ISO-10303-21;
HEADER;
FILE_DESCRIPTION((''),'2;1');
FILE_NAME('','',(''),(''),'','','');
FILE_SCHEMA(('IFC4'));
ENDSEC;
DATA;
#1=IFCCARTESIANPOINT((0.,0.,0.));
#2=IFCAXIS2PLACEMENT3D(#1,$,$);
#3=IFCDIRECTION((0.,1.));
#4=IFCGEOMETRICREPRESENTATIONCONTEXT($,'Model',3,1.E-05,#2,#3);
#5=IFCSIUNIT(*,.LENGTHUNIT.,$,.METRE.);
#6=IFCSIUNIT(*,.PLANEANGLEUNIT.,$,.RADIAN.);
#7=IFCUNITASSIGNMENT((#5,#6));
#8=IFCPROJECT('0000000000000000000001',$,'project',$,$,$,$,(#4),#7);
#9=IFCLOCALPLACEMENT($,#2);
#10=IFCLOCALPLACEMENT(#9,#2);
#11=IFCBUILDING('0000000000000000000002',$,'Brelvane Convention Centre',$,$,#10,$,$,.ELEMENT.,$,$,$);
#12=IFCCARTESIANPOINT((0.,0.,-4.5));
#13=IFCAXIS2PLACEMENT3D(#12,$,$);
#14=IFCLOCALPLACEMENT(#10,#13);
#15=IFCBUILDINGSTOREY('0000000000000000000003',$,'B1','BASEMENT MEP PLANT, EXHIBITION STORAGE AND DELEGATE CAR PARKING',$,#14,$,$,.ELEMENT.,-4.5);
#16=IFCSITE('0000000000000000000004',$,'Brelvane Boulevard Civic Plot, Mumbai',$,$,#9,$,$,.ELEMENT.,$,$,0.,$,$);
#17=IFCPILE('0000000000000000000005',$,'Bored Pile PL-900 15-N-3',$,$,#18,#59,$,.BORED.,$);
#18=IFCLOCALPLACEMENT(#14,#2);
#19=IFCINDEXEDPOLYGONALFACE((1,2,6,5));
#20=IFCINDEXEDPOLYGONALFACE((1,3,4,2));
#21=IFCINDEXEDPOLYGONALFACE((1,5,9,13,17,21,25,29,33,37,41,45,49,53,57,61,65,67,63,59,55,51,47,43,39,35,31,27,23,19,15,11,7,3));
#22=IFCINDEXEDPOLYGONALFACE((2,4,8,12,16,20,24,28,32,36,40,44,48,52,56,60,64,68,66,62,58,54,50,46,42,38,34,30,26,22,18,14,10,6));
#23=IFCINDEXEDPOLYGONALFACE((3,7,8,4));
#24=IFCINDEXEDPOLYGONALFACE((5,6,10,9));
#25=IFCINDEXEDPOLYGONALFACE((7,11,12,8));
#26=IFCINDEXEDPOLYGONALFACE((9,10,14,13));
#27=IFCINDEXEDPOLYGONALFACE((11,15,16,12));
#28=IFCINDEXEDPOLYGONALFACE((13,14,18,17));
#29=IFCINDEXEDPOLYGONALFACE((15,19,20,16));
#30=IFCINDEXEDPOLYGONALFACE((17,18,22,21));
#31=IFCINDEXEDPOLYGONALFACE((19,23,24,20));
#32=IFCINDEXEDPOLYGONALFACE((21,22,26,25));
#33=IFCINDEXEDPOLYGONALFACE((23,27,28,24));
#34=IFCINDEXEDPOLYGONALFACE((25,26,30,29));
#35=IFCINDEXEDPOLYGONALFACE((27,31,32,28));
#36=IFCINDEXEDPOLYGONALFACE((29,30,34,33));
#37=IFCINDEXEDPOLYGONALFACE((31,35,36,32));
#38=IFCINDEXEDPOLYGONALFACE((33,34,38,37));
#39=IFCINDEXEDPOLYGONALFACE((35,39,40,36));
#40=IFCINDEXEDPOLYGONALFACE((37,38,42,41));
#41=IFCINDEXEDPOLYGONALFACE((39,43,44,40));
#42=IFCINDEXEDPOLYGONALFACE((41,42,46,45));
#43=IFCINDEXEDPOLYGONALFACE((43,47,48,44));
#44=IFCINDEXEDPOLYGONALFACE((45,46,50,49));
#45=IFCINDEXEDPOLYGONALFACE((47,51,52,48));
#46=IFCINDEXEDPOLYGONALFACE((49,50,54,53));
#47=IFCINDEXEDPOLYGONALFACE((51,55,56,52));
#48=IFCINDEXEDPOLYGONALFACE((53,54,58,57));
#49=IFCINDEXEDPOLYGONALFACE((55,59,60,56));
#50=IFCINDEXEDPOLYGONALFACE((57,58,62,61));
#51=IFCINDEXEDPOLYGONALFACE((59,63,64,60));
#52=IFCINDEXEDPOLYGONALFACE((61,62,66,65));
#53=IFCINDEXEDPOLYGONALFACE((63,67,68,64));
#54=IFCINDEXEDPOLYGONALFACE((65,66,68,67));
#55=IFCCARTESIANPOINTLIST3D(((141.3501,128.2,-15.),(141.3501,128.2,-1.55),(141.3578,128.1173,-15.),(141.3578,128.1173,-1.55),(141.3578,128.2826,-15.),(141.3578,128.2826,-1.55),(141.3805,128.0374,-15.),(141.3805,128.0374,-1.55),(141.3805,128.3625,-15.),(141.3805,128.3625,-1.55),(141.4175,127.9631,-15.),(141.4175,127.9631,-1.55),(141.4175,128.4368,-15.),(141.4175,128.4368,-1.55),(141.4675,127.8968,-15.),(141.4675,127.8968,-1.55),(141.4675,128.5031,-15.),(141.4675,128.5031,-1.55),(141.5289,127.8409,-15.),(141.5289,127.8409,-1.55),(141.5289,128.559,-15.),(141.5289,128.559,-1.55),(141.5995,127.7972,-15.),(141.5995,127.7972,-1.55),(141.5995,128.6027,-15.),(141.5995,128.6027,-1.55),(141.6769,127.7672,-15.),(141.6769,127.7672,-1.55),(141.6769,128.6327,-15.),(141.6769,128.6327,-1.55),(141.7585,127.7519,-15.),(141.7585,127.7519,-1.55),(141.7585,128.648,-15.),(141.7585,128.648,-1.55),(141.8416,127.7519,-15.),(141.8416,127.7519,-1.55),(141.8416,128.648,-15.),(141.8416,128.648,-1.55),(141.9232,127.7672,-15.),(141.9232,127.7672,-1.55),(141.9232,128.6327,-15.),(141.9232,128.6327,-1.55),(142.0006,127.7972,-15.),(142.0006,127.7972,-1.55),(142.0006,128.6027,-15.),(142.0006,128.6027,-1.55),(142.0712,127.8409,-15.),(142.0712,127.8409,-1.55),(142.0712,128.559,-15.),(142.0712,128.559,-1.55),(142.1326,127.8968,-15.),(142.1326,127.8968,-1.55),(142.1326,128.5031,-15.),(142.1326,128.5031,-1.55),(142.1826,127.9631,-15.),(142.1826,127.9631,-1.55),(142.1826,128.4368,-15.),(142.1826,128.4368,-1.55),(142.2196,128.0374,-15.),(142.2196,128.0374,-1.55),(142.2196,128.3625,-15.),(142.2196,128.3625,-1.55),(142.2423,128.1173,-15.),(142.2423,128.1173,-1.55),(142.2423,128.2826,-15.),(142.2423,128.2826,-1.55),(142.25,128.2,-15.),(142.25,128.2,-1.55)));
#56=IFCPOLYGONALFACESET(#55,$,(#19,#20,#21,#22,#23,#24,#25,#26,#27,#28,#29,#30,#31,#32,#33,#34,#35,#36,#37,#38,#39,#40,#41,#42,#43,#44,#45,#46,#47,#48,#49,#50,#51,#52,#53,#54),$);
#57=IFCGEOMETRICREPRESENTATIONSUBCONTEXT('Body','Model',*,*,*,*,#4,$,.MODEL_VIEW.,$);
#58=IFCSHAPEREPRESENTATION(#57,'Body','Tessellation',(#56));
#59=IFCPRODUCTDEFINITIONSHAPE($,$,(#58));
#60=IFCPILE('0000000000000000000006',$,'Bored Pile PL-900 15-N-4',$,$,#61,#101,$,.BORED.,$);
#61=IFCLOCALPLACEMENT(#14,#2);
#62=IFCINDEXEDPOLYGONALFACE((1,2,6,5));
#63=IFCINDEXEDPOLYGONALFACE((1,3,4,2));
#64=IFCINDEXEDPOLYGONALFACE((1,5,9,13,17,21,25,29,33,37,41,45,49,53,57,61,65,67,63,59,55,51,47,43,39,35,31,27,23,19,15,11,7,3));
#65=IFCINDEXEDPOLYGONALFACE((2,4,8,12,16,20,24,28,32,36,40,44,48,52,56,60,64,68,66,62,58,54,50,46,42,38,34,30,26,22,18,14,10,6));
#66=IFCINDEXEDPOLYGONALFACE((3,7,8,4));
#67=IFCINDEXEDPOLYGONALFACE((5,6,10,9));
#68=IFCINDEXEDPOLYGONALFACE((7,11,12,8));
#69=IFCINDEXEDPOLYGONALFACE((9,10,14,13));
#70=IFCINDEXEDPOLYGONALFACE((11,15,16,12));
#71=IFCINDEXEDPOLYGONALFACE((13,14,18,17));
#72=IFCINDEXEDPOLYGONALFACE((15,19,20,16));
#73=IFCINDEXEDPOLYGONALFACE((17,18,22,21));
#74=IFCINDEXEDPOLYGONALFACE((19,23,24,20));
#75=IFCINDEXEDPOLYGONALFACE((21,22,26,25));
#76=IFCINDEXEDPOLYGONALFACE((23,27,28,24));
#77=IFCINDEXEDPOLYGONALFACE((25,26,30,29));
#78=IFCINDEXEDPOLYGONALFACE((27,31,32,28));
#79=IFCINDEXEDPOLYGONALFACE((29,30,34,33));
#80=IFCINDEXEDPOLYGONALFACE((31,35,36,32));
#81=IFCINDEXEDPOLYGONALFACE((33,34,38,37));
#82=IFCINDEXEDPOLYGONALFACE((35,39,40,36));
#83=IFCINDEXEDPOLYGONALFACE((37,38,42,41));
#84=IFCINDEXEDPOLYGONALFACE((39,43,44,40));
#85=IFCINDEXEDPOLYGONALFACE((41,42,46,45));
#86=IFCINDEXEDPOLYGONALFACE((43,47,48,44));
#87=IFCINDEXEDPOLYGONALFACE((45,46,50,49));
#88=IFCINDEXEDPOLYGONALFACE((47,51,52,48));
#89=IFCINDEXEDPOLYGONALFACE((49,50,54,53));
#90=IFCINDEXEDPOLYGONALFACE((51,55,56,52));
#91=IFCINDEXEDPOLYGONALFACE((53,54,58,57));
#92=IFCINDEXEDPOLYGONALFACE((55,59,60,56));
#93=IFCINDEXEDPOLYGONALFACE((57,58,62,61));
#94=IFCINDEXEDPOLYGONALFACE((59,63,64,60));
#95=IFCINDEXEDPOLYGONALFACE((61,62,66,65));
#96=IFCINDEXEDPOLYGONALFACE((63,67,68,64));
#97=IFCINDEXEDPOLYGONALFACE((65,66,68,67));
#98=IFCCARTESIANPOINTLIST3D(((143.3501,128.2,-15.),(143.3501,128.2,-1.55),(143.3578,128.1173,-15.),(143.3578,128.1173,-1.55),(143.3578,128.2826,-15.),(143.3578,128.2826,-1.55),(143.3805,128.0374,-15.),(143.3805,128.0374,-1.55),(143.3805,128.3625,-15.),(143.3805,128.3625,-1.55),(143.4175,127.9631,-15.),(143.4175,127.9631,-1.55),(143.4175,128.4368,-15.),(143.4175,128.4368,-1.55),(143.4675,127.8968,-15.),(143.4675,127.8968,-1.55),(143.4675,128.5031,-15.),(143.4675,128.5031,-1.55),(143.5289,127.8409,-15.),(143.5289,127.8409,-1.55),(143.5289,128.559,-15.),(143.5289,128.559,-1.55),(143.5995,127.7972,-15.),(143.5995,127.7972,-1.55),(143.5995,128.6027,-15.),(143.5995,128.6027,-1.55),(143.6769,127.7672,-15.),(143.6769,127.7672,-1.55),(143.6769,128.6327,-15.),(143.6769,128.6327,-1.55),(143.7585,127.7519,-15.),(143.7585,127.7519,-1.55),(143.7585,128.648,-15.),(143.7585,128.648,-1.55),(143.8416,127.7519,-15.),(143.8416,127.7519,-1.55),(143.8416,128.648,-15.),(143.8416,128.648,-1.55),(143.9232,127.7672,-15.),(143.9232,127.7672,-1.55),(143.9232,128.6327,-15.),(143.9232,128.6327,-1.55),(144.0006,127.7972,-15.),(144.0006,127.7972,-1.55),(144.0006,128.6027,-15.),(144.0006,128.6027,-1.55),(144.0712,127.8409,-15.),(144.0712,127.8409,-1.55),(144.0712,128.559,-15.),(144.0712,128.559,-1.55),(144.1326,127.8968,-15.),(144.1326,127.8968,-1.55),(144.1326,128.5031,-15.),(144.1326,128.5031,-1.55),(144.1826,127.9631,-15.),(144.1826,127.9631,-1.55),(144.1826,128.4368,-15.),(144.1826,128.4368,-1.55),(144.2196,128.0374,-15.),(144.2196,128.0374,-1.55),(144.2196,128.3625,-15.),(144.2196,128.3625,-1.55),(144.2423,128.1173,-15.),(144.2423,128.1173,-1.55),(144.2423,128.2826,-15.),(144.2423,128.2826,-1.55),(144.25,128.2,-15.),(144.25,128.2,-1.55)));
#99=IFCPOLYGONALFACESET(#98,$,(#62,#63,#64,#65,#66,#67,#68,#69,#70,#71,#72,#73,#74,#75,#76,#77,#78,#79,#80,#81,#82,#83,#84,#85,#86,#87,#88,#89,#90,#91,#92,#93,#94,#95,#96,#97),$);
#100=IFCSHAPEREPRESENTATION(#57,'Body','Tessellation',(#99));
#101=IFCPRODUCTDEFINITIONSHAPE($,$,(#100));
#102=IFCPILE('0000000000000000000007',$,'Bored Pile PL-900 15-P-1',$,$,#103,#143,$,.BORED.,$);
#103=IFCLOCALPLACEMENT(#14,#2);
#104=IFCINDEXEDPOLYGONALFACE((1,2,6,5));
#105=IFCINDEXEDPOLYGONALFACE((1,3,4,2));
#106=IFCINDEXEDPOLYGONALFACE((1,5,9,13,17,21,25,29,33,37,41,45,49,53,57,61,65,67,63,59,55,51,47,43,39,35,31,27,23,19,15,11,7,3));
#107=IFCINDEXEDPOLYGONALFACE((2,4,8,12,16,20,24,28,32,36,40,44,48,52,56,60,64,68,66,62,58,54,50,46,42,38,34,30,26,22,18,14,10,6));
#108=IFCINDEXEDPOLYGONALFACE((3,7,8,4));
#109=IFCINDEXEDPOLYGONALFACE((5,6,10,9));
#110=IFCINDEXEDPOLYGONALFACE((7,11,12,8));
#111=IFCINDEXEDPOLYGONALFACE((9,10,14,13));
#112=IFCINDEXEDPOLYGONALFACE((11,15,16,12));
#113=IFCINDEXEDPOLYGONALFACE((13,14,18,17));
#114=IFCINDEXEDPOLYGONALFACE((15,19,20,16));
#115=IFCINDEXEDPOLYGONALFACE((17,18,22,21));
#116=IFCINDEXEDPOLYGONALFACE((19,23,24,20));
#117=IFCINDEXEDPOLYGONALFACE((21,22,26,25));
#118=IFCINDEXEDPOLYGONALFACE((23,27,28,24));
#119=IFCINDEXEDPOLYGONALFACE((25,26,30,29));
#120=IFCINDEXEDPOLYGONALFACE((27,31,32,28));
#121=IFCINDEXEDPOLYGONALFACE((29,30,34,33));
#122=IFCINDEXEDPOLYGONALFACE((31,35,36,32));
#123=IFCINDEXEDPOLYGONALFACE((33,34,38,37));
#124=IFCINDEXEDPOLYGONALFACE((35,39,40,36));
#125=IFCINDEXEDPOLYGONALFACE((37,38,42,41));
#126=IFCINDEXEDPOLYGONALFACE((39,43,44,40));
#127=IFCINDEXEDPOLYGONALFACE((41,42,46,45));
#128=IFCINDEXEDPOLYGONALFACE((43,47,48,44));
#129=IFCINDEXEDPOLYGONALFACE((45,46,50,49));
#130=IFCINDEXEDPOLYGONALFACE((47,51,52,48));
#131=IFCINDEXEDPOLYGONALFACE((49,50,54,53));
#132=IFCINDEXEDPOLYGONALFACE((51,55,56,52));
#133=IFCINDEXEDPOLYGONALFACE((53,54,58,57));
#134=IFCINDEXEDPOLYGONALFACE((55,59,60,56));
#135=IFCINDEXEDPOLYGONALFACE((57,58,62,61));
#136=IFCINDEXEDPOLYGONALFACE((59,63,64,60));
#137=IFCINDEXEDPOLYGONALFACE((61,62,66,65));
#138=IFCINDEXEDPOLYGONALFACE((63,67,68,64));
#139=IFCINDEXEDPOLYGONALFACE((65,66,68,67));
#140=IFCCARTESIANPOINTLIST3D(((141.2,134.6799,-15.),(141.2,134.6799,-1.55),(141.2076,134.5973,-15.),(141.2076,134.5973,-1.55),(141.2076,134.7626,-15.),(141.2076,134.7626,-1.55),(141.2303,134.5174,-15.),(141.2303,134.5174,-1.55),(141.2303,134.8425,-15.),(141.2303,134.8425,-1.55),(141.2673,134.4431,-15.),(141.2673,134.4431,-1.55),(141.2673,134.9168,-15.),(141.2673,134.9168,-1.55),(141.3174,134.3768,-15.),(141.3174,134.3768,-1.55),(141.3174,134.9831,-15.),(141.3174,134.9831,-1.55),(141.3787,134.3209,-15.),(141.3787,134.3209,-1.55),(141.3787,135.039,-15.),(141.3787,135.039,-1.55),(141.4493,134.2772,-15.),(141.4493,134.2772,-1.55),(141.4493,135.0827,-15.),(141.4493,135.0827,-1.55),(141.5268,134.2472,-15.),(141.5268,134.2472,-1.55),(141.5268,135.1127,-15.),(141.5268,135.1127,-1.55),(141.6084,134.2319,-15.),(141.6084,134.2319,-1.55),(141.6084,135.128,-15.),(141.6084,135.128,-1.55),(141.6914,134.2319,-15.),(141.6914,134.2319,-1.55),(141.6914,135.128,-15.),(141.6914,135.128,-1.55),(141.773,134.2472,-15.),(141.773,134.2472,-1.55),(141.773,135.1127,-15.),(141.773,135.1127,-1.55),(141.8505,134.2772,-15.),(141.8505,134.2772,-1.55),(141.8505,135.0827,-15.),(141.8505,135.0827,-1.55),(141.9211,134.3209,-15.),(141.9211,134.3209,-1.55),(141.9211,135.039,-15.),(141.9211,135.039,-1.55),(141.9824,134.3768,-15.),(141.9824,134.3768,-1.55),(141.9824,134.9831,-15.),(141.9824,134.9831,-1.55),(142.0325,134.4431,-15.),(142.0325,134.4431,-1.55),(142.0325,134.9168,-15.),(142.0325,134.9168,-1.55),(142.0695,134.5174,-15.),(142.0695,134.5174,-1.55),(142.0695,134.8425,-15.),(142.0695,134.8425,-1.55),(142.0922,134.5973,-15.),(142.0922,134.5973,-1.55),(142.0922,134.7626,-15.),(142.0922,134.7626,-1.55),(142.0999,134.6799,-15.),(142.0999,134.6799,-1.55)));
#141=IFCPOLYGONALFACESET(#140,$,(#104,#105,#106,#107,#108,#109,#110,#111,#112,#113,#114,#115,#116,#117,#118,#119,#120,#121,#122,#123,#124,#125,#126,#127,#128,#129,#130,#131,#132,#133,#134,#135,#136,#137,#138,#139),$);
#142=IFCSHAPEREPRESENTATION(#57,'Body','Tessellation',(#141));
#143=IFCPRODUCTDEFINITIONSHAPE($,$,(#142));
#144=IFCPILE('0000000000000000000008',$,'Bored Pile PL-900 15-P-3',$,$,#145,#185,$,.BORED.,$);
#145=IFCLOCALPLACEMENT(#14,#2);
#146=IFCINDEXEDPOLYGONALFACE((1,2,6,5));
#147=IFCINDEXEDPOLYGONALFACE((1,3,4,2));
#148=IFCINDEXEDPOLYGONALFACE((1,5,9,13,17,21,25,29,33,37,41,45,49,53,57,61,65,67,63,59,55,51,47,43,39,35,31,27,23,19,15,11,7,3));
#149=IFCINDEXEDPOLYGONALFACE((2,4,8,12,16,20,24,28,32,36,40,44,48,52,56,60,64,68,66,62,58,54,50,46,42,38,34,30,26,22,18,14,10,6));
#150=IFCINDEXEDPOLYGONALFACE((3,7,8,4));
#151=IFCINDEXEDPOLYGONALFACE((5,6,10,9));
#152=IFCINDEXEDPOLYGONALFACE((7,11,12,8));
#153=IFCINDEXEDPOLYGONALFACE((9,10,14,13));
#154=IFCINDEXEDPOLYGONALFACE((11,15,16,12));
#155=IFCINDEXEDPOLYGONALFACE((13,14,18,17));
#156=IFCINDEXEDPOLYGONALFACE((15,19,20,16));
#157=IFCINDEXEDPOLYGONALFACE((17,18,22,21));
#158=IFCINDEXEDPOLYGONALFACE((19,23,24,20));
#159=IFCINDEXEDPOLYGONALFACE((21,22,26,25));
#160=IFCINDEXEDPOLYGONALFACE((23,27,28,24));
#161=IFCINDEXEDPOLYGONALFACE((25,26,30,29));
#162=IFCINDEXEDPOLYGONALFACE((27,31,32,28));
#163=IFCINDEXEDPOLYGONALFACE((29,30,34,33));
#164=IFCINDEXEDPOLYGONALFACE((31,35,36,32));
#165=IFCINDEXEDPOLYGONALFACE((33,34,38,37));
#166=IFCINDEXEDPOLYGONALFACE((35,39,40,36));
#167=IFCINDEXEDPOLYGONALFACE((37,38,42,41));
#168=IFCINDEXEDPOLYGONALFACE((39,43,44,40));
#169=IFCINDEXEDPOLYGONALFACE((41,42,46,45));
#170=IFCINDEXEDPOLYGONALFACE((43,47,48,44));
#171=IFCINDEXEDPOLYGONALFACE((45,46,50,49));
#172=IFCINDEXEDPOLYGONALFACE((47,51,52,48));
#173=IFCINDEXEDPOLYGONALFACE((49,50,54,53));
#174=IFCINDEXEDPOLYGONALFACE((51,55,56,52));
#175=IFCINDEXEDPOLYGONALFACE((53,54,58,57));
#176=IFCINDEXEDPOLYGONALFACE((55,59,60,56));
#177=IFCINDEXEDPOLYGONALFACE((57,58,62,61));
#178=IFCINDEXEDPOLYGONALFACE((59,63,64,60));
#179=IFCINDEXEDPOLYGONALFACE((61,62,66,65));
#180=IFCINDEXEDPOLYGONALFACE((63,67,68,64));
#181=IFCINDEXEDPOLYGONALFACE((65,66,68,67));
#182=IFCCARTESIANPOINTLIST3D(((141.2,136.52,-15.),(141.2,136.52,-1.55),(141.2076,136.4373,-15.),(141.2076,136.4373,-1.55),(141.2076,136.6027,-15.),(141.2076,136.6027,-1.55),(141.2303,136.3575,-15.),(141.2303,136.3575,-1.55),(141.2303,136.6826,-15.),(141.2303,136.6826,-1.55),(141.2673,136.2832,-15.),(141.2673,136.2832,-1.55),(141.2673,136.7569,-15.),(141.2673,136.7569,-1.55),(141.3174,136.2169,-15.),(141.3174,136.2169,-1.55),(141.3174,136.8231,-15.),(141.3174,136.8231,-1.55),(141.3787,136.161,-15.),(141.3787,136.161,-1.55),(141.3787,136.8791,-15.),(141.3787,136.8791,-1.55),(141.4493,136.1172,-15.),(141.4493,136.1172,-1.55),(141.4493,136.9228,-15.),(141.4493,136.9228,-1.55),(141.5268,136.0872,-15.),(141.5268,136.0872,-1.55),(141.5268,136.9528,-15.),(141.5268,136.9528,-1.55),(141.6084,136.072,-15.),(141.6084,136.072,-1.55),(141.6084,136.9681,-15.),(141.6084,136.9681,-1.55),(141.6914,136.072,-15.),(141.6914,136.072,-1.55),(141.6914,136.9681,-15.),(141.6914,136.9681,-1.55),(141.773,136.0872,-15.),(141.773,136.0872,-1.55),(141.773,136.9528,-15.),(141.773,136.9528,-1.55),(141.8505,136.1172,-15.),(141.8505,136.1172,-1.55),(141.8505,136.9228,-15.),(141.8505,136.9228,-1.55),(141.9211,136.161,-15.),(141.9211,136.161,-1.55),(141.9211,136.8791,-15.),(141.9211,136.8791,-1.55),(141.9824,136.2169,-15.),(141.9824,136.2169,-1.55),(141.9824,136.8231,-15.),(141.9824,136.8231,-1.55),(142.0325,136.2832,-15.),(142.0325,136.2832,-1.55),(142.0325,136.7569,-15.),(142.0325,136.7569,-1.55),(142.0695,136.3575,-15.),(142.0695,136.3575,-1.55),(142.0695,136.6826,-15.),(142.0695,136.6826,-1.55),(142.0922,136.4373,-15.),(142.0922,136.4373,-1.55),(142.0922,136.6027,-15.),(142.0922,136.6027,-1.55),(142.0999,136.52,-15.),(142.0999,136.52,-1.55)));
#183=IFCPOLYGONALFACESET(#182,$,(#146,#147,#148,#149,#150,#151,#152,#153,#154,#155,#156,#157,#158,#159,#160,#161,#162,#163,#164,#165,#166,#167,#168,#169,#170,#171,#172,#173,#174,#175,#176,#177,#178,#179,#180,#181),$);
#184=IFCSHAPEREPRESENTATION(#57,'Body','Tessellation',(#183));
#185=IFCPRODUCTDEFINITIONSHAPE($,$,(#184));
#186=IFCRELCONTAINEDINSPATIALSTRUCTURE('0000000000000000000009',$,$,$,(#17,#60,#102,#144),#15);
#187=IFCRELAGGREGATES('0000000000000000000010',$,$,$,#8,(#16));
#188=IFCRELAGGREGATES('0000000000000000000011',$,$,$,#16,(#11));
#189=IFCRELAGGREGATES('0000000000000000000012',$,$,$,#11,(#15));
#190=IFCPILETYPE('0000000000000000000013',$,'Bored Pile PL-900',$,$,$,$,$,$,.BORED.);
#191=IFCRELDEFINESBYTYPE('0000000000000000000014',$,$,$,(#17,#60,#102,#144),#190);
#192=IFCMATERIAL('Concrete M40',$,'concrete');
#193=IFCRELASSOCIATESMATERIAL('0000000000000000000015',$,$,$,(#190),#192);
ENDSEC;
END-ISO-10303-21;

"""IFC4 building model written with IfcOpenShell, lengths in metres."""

from ifc_helpers import new_model, si_unit, direction, frame, origin, origin_2d, place, context, subcontext, project, spatial, circle, extrude, material, material_profile, profile_set, type_object, element, save


model = new_model("IFC4")

# Units and contexts
model_context = context("Model", 3, precision=1e-05, world=origin(), true_north=direction((0.0, 1.0)))
body_context = subcontext(model_context, "Body", "Model", "MODEL_VIEW")
ifc_project = project(units=[si_unit("LENGTHUNIT", "METRE"), si_unit("PLANEANGLEUNIT", "RADIAN")], contexts=[model_context])

# Site, building, storey
site_placement = place(None, origin())
site = spatial("IfcSite", under=ifc_project, at=site_placement, Name="Brelvane Boulevard Civic Plot, Mumbai", CompositionType="ELEMENT", RefElevation=0.0)
building_placement = place(site_placement, origin())
building = spatial("IfcBuilding", under=site, at=building_placement, Name="Brelvane Convention Centre", CompositionType="ELEMENT")
storey_placement = place(building_placement, frame((0.0, 0.0, -4.5)))
storey = spatial("IfcBuildingStorey", under=building, at=storey_placement, Name="B1", Description="BASEMENT MEP PLANT, EXHIBITION STORAGE AND DELEGATE CAR PARKING", CompositionType="ELEMENT", Elevation=-4.5)

# Piles
ifc_material_1 = material(Name="Concrete M40", Category="concrete")
ifc_material_profile_1 = material_profile(ifc_material_1, circle(Radius=0.45, at=origin_2d()), Name="PILE D900")
ifc_profile_set_1 = profile_set([ifc_material_profile_1], Name="Concrete M40")
pile_type = type_object("IfcPileType", Name="Bored Pile PL-900", PredefinedType="BORED", material=ifc_profile_set_1)
for number, where, z_axis, x_axis, name in (
    (1, (141.8, 128.2, -1.55), (0.0, 0.0, -1.0), (1.0, 0.0, 0.0), "Bored Pile PL-900 15-N-3"),
    (2, (143.8, 128.2, -1.55), (0.0, 0.0, -1.0), (1.0, 0.0, 0.0), "Bored Pile PL-900 15-N-4"),
    (3, (141.6499, 134.6799, -1.55), (0.0, 0.0, -1.0), (1.0, 0.0, 0.0), "Bored Pile PL-900 15-P-1"),
    (4, (141.6499, 136.52, -1.55), (0.0, 0.0, -1.0), (1.0, 0.0, 0.0), "Bored Pile PL-900 15-P-3"),
):
    element("IfcPile", number, at=place(storey_placement, frame(where, z_axis=z_axis, x_axis=x_axis)), inside=storey, type_object=pile_type, Name=name, PredefinedType="BORED", context=body_context, shape_type="SweptSolid", body=[
        extrude(circle(Radius=0.45, at=origin_2d()), origin(), (0.0, 0.0, 1.0), 13.45),
    ])

save(model, "model.ifc")
